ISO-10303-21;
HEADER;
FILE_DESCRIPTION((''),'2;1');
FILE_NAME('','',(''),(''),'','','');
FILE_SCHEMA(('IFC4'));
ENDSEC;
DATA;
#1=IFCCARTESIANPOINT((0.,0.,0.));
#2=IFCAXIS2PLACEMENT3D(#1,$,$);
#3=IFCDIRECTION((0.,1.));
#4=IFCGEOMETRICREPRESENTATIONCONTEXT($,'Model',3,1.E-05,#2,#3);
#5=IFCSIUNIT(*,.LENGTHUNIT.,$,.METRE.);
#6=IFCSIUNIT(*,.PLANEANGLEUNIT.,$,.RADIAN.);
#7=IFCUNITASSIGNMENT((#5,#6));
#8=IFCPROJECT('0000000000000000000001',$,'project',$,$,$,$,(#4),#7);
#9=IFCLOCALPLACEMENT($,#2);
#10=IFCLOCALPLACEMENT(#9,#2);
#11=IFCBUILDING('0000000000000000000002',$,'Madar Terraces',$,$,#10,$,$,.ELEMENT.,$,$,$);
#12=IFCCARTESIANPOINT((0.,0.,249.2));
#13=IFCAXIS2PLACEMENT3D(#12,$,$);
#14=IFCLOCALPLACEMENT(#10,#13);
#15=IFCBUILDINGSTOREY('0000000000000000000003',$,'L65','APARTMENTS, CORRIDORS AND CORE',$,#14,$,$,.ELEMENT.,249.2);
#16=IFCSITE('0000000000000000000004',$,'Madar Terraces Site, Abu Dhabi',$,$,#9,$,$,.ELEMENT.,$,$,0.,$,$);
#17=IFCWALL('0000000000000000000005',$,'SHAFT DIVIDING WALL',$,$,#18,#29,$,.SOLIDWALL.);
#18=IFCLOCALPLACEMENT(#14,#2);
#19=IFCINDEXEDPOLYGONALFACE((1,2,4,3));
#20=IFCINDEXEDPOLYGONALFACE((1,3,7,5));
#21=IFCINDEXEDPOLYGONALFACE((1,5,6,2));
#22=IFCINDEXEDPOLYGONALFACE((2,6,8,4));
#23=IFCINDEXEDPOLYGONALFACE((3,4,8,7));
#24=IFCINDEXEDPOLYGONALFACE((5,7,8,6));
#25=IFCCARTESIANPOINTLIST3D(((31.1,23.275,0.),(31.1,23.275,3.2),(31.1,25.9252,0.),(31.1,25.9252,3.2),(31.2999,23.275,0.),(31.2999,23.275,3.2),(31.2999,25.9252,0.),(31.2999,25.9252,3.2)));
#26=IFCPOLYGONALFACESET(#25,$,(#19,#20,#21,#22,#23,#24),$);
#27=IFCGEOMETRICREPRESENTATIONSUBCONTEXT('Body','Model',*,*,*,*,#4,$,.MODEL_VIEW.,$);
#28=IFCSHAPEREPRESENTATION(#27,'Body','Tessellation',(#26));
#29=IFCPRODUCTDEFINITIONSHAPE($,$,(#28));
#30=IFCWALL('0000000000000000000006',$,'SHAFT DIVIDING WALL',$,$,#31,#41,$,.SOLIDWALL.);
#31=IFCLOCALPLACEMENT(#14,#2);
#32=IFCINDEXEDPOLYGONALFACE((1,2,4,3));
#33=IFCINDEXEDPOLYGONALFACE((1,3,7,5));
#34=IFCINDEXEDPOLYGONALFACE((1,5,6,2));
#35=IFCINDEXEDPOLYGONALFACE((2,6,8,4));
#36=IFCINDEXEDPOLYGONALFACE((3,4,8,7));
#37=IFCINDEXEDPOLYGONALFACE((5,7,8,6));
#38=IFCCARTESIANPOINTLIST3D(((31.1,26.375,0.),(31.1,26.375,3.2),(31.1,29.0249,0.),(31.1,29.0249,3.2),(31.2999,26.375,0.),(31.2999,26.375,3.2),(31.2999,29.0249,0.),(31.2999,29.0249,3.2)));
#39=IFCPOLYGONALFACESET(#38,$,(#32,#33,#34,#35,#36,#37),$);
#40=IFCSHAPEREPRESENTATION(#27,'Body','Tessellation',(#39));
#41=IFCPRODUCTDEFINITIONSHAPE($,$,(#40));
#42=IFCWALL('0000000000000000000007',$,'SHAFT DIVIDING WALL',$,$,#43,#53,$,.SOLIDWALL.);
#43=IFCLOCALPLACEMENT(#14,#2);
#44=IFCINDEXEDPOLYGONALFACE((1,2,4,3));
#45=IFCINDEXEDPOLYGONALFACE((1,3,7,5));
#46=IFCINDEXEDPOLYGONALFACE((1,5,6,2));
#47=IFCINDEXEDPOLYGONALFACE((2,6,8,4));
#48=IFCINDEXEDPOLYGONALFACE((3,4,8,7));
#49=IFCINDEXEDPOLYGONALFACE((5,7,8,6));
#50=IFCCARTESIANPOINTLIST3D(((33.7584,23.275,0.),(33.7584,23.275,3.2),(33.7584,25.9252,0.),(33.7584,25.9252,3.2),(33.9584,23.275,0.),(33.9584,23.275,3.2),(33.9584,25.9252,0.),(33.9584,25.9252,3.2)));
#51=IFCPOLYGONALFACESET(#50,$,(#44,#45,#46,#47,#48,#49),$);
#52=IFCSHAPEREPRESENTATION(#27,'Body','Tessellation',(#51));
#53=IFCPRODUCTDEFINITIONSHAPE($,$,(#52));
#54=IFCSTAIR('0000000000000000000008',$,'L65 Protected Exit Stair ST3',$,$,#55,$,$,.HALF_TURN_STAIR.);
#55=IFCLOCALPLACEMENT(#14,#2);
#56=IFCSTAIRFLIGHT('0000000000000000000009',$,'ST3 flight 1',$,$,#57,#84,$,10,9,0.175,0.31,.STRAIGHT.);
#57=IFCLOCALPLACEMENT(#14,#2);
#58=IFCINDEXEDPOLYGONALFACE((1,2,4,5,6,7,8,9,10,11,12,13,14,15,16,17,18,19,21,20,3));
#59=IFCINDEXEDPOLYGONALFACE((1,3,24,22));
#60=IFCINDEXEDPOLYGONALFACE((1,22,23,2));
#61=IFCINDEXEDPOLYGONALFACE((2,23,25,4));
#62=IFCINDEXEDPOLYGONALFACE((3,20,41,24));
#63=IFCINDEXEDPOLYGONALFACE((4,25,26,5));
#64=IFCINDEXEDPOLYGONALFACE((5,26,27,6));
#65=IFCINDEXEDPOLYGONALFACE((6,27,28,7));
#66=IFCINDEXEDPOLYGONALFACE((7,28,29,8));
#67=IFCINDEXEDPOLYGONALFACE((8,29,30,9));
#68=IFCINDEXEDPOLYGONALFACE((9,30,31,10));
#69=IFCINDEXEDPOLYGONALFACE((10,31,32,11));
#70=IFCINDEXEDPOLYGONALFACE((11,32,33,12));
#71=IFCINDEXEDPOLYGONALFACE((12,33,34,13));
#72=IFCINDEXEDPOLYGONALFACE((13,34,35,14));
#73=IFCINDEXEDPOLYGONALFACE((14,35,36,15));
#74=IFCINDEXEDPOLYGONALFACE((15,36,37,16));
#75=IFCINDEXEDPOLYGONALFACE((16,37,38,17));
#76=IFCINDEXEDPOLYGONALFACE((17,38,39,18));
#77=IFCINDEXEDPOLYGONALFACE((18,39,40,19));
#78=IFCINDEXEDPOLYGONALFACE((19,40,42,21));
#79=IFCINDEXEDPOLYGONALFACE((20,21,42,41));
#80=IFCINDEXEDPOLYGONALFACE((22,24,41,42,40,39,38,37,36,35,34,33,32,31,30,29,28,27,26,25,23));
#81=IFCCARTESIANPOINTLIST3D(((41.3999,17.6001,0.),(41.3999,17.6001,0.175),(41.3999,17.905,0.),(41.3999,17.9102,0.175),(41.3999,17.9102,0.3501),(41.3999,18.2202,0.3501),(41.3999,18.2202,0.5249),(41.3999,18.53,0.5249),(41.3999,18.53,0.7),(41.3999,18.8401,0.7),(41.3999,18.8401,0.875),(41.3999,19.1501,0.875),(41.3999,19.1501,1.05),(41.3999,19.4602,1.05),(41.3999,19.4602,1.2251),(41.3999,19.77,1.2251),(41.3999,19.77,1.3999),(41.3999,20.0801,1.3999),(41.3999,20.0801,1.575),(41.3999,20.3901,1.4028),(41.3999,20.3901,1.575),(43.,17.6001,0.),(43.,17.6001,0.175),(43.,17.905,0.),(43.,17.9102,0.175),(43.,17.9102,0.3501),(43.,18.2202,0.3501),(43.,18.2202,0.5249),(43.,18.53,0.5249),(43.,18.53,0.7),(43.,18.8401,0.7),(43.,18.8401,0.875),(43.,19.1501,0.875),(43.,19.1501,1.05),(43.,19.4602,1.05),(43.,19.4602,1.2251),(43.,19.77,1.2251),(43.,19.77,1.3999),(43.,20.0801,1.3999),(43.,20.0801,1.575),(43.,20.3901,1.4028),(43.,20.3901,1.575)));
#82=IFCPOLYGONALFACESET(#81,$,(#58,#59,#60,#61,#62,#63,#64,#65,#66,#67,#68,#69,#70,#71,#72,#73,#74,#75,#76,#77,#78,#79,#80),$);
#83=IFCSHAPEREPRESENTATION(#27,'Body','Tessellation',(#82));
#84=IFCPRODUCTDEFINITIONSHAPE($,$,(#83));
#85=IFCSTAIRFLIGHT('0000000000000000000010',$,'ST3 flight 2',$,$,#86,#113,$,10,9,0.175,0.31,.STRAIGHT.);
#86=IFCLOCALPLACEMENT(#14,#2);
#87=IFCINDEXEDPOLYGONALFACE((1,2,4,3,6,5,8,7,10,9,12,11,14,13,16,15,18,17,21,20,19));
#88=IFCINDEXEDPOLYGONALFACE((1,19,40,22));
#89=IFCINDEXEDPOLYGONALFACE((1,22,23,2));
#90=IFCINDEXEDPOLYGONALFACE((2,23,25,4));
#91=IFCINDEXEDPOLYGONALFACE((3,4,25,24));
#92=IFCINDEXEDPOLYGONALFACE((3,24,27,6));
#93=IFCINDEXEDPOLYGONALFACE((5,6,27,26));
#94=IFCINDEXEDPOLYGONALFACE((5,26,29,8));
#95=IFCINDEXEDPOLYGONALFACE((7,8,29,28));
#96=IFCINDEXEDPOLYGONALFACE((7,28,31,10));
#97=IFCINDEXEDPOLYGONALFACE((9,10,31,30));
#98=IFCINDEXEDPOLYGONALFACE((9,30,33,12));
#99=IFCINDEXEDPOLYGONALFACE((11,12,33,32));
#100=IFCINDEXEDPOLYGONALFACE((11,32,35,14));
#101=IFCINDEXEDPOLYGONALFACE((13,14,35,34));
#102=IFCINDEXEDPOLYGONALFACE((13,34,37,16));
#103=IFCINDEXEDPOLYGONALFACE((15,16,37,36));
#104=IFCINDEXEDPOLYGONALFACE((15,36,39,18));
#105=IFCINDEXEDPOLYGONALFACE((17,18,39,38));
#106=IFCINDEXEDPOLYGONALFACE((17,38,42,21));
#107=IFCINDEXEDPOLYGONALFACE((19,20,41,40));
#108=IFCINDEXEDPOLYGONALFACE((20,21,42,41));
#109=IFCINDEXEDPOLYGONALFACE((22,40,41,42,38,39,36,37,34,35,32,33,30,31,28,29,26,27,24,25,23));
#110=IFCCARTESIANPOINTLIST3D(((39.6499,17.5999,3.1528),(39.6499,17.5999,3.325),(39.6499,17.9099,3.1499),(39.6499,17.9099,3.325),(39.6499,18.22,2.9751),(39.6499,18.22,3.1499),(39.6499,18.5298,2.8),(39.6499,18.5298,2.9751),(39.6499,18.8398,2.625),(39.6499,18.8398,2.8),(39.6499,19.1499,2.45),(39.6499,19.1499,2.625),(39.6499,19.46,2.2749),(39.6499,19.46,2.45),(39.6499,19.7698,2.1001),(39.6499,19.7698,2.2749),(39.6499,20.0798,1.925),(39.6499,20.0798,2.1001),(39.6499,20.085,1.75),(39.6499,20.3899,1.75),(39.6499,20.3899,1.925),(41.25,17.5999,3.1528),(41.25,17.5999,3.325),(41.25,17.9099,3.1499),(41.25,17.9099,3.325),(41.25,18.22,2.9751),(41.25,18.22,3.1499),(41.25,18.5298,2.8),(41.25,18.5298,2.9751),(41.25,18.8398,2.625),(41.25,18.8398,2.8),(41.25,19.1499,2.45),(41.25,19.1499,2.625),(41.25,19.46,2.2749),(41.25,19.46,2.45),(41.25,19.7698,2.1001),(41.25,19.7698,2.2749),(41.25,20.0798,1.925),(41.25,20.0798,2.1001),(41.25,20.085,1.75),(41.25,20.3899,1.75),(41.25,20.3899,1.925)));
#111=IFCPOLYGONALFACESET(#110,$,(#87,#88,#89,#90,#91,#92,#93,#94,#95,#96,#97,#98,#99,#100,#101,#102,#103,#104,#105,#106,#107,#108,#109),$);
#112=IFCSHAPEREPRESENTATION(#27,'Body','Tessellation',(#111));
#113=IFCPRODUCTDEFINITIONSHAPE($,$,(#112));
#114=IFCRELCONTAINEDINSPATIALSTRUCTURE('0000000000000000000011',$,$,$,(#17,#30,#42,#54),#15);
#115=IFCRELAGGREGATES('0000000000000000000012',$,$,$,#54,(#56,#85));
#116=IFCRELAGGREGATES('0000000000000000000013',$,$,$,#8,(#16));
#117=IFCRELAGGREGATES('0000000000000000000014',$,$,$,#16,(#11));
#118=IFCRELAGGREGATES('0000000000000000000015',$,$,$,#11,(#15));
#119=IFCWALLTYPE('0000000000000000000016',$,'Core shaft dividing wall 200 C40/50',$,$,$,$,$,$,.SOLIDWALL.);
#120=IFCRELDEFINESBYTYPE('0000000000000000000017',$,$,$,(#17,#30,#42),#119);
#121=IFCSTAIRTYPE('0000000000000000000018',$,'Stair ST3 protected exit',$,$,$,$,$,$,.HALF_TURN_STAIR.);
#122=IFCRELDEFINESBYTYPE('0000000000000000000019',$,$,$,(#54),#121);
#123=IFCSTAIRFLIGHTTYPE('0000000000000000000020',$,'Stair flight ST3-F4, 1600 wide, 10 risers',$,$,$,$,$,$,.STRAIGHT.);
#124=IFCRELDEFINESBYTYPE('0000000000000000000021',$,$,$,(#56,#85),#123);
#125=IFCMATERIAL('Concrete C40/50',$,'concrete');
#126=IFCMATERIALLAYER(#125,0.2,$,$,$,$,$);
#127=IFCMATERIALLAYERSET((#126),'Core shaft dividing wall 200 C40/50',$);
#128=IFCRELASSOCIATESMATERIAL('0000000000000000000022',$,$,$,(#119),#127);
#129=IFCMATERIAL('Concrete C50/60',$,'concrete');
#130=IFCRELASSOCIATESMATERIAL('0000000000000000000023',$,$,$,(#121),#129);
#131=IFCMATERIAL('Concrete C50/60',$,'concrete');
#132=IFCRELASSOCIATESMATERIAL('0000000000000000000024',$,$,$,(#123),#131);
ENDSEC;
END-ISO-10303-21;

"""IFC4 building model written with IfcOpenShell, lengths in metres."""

from ifc_helpers import new_model, si_unit, direction, frame, frame_2d, origin, place, context, subcontext, project, spatial, polyline, rectangle, outline, extrude, material, layer, layer_set, type_object, element, aggregate, save


model = new_model("IFC4")

# Units and contexts
model_context = context("Model", 3, precision=1e-05, world=origin(), true_north=direction((0.0, 1.0)))
body_context = subcontext(model_context, "Body", "Model", "MODEL_VIEW")
ifc_project = project(units=[si_unit("LENGTHUNIT", "METRE"), si_unit("PLANEANGLEUNIT", "RADIAN")], contexts=[model_context])

# Site, building, storey
site_placement = place(None, origin())
site = spatial("IfcSite", under=ifc_project, at=site_placement, Name="Madar Terraces Site, Abu Dhabi", CompositionType="ELEMENT", RefElevation=0.0)
building_placement = place(site_placement, origin())
building = spatial("IfcBuilding", under=site, at=building_placement, Name="Madar Terraces", CompositionType="ELEMENT")
storey_placement = place(building_placement, frame((0.0, 0.0, 249.2)))
storey = spatial("IfcBuildingStorey", under=building, at=storey_placement, Name="L65", Description="APARTMENTS, CORRIDORS AND CORE", CompositionType="ELEMENT", Elevation=249.2)

# Walls
ifc_material_1 = material(Name="Concrete C40/50", Category="concrete")
ifc_layer_1 = layer(ifc_material_1, 0.2)
ifc_layer_set_1 = layer_set([ifc_layer_1], Name="Core shaft dividing wall 200 C40/50")
wall_type_1 = type_object("IfcWallType", Name="Core shaft dividing wall 200 C40/50", PredefinedType="SOLIDWALL", material=ifc_layer_set_1)
wall_1_placement = place(storey_placement, frame((31.2, 23.2749, 0.0), z_axis=(0.0, 0.0, 1.0), x_axis=(0.0, 1.0, 0.0)))
element("IfcWall", 1, at=wall_1_placement, inside=storey, type_object=wall_type_1, Name="SHAFT DIVIDING WALL", PredefinedType="SOLIDWALL", context=body_context, shape_type="SweptSolid", body=[
    extrude(rectangle(XDim=2.6501, YDim=0.2, at=frame_2d((1.3252, 0.0))), origin(), (0.0, 0.0, 1.0), 3.2),
])
wall_2_placement = place(storey_placement, frame((31.2, 26.375, 0.0), z_axis=(0.0, 0.0, 1.0), x_axis=(0.0, 1.0, 0.0)))
element("IfcWall", 2, at=wall_2_placement, inside=storey, type_object=wall_type_1, Name="SHAFT DIVIDING WALL", PredefinedType="SOLIDWALL", context=body_context, shape_type="SweptSolid", body=[
    extrude(rectangle(XDim=2.6499, YDim=0.2, at=frame_2d((1.325, 0.0))), origin(), (0.0, 0.0, 1.0), 3.2),
])
wall_3_placement = place(storey_placement, frame((33.8584, 23.2749, 0.0), z_axis=(0.0, 0.0, 1.0), x_axis=(0.0, 1.0, 0.0)))
element("IfcWall", 3, at=wall_3_placement, inside=storey, type_object=wall_type_1, Name="SHAFT DIVIDING WALL", PredefinedType="SOLIDWALL", context=body_context, shape_type="SweptSolid", body=[
    extrude(rectangle(XDim=2.6501, YDim=0.2, at=frame_2d((1.3252, 0.0))), origin(), (0.0, 0.0, 1.0), 3.2),
])

# Stair, stair flights
ifc_material_2 = material(Name="Concrete C50/60", Category="concrete")
stair_type = type_object("IfcStairType", Name="Stair ST3 protected exit", PredefinedType="HALF_TURN_STAIR", material=ifc_material_2)
stair_placement = place(storey_placement, origin())
stair = element("IfcStair", 4, at=stair_placement, inside=storey, type_object=stair_type, Name="L65 Protected Exit Stair ST3", PredefinedType="HALF_TURN_STAIR")
ifc_material_3 = material(Name="Concrete C50/60", Category="concrete")
stair_flight_type = type_object("IfcStairFlightType", Name="Stair flight ST3-F4, 1600 wide, 10 risers", PredefinedType="STRAIGHT", material=ifc_material_3)
stair_flight_1_placement = place(storey_placement, frame((42.2, 17.6001, 0.0), z_axis=(0.0, 0.0, 1.0), x_axis=(0.0, 1.0, 0.0)))
stair_flight_1 = element("IfcStairFlight", 5, at=stair_flight_1_placement, type_object=stair_flight_type, Name="ST3 flight 1", NumberOfRisers=10, NumberOfTreads=9, PredefinedType="STRAIGHT", RiserHeight=0.175, TreadLength=0.31, context=body_context, shape_type="SweptSolid", body=[
    extrude(outline(polyline([(0.0, 0.0), (0.0, 0.175), (0.3101, 0.175), (0.3101, 0.3501), (0.6201, 0.3501), (0.6201, 0.5249), (0.9299, 0.5249), (0.9299, 0.7), (1.24, 0.7), (1.24, 0.875), (1.55, 0.875), (1.55, 1.05), (1.8601, 1.05), (1.8601, 1.2251), (2.1699, 1.2251), (2.1699, 1.3999), (2.48, 1.3999), (2.48, 1.575), (2.79, 1.575), (2.79, 1.75), (2.79, 1.4028), (0.3049, 0.0), (0.0, 0.0)])), frame((0.0, 0.8, 0.0), z_axis=(0.0, -1.0, 0.0), x_axis=(1.0, 0.0, 0.0)), (0.0, 0.0, 1.0), 1.6001),
])
stair_flight_2_placement = place(storey_placement, frame((40.45, 20.3899, 1.75), z_axis=(0.0, 0.0, 1.0), x_axis=(0.0, -1.0, 0.0)))
stair_flight_2 = element("IfcStairFlight", 6, at=stair_flight_2_placement, type_object=stair_flight_type, Name="ST3 flight 2", NumberOfRisers=10, NumberOfTreads=9, PredefinedType="STRAIGHT", RiserHeight=0.175, TreadLength=0.31, context=body_context, shape_type="SweptSolid", body=[
    extrude(outline(polyline([(0.0, 0.0), (0.0, 0.175), (0.3101, 0.175), (0.3101, 0.3501), (0.6201, 0.3501), (0.6201, 0.5249), (0.9299, 0.5249), (0.9299, 0.7), (1.24, 0.7), (1.24, 0.875), (1.55, 0.875), (1.55, 1.05), (1.8601, 1.05), (1.8601, 1.2251), (2.1699, 1.2251), (2.1699, 1.3999), (2.48, 1.3999), (2.48, 1.575), (2.79, 1.575), (2.79, 1.75), (2.79, 1.4028), (0.3049, 0.0), (0.0, 0.0)])), frame((0.0, 0.8, 0.0), z_axis=(0.0, -1.0, 0.0), x_axis=(1.0, 0.0, 0.0)), (0.0, 0.0, 1.0), 1.6001),
])
aggregate(stair, [stair_flight_1, stair_flight_2])

save(model, "model.ifc")
